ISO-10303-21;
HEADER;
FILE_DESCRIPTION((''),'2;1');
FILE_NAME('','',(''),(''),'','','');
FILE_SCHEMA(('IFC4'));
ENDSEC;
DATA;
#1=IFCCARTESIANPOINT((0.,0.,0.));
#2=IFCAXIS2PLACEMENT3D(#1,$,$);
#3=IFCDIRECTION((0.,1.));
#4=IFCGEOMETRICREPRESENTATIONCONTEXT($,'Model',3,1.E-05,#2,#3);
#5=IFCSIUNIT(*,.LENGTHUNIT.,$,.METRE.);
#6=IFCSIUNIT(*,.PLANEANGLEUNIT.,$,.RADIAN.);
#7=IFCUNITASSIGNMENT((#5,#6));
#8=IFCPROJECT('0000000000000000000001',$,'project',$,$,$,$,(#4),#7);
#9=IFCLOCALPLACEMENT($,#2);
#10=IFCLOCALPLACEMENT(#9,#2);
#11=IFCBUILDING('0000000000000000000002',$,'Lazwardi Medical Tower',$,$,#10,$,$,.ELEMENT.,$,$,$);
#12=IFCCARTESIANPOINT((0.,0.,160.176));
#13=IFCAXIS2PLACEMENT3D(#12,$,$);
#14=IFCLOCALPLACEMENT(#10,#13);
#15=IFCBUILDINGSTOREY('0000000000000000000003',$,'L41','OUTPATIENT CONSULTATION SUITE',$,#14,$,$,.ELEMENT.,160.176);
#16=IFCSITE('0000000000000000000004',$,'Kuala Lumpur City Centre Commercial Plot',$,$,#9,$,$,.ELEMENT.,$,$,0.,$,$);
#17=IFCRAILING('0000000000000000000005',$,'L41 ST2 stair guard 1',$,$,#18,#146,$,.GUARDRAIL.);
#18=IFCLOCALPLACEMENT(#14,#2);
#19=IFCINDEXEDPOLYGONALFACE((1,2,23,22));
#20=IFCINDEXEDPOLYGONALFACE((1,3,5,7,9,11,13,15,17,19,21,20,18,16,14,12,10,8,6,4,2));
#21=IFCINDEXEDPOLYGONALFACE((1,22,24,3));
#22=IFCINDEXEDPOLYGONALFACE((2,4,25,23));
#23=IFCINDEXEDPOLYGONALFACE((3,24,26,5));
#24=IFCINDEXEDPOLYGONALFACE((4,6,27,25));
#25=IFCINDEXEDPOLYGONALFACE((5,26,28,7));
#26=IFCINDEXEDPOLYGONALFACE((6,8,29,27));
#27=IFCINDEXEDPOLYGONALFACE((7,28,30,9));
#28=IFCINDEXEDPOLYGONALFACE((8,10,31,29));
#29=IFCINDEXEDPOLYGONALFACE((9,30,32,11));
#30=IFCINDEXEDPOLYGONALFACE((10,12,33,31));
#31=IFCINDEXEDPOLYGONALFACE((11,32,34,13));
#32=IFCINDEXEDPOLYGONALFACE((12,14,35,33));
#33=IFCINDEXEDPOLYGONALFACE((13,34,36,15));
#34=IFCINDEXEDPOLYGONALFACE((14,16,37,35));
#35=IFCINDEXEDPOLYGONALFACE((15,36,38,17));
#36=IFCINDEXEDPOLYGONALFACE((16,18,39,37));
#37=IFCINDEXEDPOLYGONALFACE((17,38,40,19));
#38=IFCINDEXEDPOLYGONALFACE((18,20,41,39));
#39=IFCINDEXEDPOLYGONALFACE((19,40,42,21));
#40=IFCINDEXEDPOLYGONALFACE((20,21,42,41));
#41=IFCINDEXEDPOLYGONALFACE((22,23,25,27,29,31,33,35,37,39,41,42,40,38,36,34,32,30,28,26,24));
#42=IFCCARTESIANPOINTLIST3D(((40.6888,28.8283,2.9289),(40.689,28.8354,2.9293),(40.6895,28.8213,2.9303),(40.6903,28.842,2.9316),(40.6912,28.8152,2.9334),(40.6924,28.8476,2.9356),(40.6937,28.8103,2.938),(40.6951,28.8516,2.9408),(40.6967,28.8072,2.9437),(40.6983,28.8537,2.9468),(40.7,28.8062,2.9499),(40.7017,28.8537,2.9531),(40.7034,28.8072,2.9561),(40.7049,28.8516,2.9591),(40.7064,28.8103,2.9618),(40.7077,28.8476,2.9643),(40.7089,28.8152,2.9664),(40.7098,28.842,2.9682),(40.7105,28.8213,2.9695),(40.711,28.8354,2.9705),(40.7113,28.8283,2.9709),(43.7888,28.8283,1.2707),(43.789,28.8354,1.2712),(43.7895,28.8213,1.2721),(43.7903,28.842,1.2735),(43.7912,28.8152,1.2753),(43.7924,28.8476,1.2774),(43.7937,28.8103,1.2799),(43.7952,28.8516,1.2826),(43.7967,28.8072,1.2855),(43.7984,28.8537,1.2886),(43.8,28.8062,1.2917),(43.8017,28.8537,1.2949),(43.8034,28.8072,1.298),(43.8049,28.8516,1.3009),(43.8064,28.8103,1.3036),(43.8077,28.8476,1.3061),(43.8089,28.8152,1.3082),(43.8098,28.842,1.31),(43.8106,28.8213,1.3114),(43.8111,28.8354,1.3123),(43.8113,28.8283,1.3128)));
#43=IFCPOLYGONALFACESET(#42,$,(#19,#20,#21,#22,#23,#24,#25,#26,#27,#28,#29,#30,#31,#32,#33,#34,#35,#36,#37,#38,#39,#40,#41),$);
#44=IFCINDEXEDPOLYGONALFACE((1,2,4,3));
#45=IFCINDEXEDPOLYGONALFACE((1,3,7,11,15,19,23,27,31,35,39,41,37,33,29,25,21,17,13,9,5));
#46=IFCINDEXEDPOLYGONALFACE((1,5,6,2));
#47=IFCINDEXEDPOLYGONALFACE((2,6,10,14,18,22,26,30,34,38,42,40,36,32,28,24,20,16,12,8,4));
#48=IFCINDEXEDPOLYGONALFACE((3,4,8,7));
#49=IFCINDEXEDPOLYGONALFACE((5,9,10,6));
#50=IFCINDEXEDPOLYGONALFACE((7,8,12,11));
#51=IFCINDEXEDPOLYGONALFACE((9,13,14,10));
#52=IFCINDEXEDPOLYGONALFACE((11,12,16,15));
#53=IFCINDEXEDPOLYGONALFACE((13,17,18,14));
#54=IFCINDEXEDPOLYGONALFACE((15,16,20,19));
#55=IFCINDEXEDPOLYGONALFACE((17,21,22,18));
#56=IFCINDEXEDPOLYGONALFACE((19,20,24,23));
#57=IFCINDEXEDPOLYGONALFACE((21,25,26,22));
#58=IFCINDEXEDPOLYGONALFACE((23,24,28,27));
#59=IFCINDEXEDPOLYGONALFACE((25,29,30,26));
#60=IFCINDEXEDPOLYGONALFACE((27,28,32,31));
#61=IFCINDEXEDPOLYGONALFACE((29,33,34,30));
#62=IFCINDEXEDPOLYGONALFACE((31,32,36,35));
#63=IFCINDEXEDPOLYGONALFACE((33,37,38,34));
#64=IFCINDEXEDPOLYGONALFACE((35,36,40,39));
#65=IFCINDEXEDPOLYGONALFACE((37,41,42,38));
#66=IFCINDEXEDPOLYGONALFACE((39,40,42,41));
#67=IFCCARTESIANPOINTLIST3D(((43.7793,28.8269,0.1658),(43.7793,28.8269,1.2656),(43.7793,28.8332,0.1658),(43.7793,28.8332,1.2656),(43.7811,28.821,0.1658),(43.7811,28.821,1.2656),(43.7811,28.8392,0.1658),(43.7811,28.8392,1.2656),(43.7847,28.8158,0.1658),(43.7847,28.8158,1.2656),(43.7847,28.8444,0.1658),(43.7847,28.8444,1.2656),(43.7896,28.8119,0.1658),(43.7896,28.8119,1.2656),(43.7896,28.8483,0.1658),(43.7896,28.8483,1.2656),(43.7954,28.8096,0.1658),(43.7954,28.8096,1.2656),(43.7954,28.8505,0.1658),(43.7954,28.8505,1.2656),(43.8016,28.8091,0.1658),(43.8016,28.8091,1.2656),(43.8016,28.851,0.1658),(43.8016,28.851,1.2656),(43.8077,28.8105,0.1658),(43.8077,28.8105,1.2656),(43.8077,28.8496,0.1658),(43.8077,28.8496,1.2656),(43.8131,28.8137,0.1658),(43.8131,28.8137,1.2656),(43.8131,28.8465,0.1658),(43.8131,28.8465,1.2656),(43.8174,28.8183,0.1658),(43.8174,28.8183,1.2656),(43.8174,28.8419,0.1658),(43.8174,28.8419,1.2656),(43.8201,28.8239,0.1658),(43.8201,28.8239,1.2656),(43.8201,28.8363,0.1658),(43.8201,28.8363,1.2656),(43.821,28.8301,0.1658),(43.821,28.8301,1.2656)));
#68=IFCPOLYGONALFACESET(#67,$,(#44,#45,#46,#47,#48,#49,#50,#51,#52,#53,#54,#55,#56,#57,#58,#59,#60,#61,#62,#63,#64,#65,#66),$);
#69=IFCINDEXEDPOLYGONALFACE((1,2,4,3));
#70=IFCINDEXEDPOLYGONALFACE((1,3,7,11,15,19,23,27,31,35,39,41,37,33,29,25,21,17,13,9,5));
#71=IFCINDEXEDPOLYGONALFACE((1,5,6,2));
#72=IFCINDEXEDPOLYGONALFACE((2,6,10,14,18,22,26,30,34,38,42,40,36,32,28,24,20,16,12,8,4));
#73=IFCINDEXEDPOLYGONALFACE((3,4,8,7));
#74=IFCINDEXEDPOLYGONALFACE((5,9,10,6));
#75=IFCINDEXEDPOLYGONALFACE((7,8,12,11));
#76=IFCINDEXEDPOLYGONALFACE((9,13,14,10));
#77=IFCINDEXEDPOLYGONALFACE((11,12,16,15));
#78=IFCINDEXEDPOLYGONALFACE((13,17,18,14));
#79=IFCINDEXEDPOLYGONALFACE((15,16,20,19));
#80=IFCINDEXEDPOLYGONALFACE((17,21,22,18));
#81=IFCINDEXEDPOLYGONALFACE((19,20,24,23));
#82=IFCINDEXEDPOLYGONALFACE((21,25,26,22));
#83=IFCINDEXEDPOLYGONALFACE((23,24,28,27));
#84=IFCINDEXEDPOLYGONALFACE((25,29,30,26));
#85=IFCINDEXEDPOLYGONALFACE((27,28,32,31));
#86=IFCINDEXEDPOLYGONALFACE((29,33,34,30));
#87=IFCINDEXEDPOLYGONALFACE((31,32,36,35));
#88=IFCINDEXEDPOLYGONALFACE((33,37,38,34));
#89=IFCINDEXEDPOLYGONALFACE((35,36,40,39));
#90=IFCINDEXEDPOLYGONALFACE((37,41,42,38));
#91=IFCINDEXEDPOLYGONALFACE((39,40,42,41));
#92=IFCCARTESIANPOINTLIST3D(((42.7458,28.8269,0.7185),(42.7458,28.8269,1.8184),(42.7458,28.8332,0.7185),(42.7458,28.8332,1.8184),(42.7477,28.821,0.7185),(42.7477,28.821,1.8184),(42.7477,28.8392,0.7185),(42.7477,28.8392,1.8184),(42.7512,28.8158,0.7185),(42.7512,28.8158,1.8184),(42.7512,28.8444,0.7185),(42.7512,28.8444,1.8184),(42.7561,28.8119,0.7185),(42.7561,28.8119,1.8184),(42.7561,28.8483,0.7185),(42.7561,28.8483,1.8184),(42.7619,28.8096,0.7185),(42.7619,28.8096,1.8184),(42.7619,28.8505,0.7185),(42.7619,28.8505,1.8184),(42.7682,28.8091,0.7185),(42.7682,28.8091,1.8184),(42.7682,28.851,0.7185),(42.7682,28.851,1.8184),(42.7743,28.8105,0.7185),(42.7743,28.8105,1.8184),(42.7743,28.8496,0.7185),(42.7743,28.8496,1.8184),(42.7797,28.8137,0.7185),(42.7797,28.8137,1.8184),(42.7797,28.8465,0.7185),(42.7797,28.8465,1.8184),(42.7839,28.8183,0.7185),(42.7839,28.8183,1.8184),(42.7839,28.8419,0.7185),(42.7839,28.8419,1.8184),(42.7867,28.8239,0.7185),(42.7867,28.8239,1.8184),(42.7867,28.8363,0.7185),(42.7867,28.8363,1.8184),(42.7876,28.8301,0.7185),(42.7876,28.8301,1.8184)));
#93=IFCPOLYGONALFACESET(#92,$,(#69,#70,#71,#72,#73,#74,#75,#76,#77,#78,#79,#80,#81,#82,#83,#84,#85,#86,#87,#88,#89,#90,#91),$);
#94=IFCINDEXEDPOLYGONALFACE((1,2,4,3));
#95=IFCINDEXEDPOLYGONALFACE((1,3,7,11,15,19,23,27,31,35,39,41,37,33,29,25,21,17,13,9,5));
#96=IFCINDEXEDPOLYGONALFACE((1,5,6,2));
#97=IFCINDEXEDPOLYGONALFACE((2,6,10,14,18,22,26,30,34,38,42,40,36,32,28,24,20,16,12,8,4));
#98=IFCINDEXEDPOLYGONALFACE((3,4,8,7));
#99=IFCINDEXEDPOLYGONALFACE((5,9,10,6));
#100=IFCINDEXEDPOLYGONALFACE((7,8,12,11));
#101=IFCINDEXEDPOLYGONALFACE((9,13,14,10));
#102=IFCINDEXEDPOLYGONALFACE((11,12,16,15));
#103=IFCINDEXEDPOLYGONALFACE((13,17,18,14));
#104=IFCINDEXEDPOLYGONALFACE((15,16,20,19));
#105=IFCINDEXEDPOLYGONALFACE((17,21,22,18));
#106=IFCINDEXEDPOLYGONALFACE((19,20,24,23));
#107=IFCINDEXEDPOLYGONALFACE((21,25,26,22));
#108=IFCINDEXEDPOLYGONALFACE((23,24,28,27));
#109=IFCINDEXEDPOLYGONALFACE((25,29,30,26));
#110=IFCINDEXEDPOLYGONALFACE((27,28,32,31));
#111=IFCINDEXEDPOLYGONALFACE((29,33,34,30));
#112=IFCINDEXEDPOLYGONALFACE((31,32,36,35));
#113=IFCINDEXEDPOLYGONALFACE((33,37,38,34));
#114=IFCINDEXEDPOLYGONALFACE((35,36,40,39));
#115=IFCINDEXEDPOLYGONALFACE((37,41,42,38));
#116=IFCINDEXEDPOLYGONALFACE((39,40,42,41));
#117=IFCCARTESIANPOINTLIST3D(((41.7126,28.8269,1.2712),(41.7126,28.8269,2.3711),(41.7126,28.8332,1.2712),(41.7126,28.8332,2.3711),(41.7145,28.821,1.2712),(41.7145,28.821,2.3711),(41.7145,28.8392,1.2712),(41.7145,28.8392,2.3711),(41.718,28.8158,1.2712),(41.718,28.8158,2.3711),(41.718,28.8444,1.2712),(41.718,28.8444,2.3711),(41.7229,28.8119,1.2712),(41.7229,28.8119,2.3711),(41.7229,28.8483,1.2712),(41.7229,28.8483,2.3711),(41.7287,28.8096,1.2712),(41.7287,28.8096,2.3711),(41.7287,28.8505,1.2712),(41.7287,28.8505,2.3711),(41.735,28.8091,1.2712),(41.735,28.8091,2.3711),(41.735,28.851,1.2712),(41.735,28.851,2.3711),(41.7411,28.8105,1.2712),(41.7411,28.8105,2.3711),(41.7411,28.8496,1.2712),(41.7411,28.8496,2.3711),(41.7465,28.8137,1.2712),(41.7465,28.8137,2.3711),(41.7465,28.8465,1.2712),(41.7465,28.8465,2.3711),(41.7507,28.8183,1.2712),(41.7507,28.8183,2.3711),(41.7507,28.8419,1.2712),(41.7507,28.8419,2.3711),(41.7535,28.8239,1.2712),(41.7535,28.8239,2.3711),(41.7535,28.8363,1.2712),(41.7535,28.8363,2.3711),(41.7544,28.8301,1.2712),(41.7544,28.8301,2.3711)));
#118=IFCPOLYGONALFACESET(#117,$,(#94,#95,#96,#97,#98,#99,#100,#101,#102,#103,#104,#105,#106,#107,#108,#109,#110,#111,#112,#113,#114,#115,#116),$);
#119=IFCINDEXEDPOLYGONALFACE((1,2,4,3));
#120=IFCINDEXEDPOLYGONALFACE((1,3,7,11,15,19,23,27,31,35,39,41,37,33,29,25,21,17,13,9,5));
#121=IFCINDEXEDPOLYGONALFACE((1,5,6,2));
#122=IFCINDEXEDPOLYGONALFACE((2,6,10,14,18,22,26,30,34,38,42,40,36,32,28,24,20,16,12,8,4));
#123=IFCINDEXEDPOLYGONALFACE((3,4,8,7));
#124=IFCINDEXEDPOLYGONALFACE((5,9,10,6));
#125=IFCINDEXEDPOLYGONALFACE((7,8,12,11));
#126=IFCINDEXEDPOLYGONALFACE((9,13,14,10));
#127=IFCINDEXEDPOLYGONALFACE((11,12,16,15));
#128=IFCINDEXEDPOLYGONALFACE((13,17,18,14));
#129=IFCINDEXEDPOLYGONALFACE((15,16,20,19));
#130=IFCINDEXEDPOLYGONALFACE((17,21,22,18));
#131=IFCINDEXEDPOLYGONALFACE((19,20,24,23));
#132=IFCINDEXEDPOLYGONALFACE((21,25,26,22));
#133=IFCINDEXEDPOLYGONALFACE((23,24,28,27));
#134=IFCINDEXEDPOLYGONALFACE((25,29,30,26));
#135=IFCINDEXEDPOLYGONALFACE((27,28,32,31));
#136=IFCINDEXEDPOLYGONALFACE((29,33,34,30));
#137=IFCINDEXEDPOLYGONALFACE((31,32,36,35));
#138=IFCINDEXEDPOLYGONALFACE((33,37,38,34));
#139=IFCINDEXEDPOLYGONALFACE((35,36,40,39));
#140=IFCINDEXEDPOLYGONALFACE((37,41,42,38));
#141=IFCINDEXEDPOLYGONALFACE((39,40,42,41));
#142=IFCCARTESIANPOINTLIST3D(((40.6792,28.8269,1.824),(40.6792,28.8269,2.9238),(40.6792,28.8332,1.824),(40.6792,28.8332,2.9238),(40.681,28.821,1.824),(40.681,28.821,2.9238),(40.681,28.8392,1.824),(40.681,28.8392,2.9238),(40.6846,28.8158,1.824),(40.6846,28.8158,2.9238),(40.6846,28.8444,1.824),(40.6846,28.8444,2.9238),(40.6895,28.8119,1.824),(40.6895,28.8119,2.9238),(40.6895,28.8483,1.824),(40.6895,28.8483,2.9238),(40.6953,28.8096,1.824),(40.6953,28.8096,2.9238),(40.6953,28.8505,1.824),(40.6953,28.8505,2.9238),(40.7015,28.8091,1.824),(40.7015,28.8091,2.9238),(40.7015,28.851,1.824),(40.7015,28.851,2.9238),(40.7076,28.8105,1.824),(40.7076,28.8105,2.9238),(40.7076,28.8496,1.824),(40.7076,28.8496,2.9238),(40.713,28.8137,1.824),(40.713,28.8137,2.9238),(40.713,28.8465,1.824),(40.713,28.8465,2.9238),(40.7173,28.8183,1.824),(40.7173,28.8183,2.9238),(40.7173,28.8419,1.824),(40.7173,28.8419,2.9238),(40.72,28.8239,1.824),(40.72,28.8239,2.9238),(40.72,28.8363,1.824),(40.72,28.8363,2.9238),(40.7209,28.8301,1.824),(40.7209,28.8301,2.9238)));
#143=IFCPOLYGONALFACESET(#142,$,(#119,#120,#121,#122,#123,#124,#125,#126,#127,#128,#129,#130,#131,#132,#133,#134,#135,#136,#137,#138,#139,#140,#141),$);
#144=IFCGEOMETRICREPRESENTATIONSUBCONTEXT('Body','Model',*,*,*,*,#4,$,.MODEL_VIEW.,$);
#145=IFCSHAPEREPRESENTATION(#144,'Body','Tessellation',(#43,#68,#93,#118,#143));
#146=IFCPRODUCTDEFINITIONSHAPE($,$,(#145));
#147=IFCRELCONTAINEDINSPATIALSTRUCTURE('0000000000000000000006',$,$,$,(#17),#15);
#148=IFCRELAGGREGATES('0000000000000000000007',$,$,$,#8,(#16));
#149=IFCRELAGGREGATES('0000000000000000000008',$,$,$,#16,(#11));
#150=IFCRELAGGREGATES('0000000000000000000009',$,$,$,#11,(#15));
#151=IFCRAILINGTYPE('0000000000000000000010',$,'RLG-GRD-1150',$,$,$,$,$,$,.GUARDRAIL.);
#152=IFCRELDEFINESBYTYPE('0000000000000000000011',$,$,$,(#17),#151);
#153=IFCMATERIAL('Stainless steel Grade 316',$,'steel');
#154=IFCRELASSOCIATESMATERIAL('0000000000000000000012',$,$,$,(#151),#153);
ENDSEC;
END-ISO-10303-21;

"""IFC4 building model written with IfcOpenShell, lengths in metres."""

from ifc_helpers import new_model, si_unit, direction, frame, origin, origin_2d, place, context, subcontext, project, spatial, circle, extrude, material, type_object, element, save


model = new_model("IFC4")

# Units and contexts
model_context = context("Model", 3, precision=1e-05, world=origin(), true_north=direction((0.0, 1.0)))
body_context = subcontext(model_context, "Body", "Model", "MODEL_VIEW")
ifc_project = project(units=[si_unit("LENGTHUNIT", "METRE"), si_unit("PLANEANGLEUNIT", "RADIAN")], contexts=[model_context])

# Site, building, storey
site_placement = place(None, origin())
site = spatial("IfcSite", under=ifc_project, at=site_placement, Name="Kuala Lumpur City Centre Commercial Plot", CompositionType="ELEMENT", RefElevation=0.0)
building_placement = place(site_placement, origin())
building = spatial("IfcBuilding", under=site, at=building_placement, Name="Lazwardi Medical Tower", CompositionType="ELEMENT")
storey_placement = place(building_placement, frame((0.0, 0.0, 160.176)))
storey = spatial("IfcBuildingStorey", under=building, at=storey_placement, Name="L41", Description="OUTPATIENT CONSULTATION SUITE", CompositionType="ELEMENT", Elevation=160.176)

# Railing
ifc_material_1 = material(Name="Stainless steel Grade 316", Category="steel")
railing_type_1 = type_object("IfcRailingType", Name="RLG-GRD-1150", PredefinedType="GUARDRAIL", material=ifc_material_1)
railing_1_placement = place(storey_placement, frame((43.8, 28.8301, 0.1658)))
element("IfcRailing", 1, at=railing_1_placement, inside=storey, type_object=railing_type_1, Name="L41 ST2 stair guard 1", PredefinedType="GUARDRAIL", context=body_context, shape_type="SweptSolid", body=[
    extrude(circle(Radius=0.0239, at=origin_2d()), frame((0.0, 0.0, 1.126), z_axis=(-0.881783, 0.0, 0.471655), x_axis=(0.0, -1.0, 0.0)), (0.0, 0.0, 1.0), 3.5156),
    extrude(circle(Radius=0.021, at=origin_2d()), origin(), (0.0, 0.0, 1.0), 1.0999),
    extrude(circle(Radius=0.021, at=origin_2d()), frame((-1.0334, 0.0, 0.5527)), (0.0, 0.0, 1.0), 1.0999),
    extrude(circle(Radius=0.021, at=origin_2d()), frame((-2.0667, 0.0, 1.1055)), (0.0, 0.0, 1.0), 1.0999),
    extrude(circle(Radius=0.021, at=origin_2d()), frame((-3.1001, 0.0, 1.6582)), (0.0, 0.0, 1.0), 1.0999),
])

save(model, "model.ifc")
